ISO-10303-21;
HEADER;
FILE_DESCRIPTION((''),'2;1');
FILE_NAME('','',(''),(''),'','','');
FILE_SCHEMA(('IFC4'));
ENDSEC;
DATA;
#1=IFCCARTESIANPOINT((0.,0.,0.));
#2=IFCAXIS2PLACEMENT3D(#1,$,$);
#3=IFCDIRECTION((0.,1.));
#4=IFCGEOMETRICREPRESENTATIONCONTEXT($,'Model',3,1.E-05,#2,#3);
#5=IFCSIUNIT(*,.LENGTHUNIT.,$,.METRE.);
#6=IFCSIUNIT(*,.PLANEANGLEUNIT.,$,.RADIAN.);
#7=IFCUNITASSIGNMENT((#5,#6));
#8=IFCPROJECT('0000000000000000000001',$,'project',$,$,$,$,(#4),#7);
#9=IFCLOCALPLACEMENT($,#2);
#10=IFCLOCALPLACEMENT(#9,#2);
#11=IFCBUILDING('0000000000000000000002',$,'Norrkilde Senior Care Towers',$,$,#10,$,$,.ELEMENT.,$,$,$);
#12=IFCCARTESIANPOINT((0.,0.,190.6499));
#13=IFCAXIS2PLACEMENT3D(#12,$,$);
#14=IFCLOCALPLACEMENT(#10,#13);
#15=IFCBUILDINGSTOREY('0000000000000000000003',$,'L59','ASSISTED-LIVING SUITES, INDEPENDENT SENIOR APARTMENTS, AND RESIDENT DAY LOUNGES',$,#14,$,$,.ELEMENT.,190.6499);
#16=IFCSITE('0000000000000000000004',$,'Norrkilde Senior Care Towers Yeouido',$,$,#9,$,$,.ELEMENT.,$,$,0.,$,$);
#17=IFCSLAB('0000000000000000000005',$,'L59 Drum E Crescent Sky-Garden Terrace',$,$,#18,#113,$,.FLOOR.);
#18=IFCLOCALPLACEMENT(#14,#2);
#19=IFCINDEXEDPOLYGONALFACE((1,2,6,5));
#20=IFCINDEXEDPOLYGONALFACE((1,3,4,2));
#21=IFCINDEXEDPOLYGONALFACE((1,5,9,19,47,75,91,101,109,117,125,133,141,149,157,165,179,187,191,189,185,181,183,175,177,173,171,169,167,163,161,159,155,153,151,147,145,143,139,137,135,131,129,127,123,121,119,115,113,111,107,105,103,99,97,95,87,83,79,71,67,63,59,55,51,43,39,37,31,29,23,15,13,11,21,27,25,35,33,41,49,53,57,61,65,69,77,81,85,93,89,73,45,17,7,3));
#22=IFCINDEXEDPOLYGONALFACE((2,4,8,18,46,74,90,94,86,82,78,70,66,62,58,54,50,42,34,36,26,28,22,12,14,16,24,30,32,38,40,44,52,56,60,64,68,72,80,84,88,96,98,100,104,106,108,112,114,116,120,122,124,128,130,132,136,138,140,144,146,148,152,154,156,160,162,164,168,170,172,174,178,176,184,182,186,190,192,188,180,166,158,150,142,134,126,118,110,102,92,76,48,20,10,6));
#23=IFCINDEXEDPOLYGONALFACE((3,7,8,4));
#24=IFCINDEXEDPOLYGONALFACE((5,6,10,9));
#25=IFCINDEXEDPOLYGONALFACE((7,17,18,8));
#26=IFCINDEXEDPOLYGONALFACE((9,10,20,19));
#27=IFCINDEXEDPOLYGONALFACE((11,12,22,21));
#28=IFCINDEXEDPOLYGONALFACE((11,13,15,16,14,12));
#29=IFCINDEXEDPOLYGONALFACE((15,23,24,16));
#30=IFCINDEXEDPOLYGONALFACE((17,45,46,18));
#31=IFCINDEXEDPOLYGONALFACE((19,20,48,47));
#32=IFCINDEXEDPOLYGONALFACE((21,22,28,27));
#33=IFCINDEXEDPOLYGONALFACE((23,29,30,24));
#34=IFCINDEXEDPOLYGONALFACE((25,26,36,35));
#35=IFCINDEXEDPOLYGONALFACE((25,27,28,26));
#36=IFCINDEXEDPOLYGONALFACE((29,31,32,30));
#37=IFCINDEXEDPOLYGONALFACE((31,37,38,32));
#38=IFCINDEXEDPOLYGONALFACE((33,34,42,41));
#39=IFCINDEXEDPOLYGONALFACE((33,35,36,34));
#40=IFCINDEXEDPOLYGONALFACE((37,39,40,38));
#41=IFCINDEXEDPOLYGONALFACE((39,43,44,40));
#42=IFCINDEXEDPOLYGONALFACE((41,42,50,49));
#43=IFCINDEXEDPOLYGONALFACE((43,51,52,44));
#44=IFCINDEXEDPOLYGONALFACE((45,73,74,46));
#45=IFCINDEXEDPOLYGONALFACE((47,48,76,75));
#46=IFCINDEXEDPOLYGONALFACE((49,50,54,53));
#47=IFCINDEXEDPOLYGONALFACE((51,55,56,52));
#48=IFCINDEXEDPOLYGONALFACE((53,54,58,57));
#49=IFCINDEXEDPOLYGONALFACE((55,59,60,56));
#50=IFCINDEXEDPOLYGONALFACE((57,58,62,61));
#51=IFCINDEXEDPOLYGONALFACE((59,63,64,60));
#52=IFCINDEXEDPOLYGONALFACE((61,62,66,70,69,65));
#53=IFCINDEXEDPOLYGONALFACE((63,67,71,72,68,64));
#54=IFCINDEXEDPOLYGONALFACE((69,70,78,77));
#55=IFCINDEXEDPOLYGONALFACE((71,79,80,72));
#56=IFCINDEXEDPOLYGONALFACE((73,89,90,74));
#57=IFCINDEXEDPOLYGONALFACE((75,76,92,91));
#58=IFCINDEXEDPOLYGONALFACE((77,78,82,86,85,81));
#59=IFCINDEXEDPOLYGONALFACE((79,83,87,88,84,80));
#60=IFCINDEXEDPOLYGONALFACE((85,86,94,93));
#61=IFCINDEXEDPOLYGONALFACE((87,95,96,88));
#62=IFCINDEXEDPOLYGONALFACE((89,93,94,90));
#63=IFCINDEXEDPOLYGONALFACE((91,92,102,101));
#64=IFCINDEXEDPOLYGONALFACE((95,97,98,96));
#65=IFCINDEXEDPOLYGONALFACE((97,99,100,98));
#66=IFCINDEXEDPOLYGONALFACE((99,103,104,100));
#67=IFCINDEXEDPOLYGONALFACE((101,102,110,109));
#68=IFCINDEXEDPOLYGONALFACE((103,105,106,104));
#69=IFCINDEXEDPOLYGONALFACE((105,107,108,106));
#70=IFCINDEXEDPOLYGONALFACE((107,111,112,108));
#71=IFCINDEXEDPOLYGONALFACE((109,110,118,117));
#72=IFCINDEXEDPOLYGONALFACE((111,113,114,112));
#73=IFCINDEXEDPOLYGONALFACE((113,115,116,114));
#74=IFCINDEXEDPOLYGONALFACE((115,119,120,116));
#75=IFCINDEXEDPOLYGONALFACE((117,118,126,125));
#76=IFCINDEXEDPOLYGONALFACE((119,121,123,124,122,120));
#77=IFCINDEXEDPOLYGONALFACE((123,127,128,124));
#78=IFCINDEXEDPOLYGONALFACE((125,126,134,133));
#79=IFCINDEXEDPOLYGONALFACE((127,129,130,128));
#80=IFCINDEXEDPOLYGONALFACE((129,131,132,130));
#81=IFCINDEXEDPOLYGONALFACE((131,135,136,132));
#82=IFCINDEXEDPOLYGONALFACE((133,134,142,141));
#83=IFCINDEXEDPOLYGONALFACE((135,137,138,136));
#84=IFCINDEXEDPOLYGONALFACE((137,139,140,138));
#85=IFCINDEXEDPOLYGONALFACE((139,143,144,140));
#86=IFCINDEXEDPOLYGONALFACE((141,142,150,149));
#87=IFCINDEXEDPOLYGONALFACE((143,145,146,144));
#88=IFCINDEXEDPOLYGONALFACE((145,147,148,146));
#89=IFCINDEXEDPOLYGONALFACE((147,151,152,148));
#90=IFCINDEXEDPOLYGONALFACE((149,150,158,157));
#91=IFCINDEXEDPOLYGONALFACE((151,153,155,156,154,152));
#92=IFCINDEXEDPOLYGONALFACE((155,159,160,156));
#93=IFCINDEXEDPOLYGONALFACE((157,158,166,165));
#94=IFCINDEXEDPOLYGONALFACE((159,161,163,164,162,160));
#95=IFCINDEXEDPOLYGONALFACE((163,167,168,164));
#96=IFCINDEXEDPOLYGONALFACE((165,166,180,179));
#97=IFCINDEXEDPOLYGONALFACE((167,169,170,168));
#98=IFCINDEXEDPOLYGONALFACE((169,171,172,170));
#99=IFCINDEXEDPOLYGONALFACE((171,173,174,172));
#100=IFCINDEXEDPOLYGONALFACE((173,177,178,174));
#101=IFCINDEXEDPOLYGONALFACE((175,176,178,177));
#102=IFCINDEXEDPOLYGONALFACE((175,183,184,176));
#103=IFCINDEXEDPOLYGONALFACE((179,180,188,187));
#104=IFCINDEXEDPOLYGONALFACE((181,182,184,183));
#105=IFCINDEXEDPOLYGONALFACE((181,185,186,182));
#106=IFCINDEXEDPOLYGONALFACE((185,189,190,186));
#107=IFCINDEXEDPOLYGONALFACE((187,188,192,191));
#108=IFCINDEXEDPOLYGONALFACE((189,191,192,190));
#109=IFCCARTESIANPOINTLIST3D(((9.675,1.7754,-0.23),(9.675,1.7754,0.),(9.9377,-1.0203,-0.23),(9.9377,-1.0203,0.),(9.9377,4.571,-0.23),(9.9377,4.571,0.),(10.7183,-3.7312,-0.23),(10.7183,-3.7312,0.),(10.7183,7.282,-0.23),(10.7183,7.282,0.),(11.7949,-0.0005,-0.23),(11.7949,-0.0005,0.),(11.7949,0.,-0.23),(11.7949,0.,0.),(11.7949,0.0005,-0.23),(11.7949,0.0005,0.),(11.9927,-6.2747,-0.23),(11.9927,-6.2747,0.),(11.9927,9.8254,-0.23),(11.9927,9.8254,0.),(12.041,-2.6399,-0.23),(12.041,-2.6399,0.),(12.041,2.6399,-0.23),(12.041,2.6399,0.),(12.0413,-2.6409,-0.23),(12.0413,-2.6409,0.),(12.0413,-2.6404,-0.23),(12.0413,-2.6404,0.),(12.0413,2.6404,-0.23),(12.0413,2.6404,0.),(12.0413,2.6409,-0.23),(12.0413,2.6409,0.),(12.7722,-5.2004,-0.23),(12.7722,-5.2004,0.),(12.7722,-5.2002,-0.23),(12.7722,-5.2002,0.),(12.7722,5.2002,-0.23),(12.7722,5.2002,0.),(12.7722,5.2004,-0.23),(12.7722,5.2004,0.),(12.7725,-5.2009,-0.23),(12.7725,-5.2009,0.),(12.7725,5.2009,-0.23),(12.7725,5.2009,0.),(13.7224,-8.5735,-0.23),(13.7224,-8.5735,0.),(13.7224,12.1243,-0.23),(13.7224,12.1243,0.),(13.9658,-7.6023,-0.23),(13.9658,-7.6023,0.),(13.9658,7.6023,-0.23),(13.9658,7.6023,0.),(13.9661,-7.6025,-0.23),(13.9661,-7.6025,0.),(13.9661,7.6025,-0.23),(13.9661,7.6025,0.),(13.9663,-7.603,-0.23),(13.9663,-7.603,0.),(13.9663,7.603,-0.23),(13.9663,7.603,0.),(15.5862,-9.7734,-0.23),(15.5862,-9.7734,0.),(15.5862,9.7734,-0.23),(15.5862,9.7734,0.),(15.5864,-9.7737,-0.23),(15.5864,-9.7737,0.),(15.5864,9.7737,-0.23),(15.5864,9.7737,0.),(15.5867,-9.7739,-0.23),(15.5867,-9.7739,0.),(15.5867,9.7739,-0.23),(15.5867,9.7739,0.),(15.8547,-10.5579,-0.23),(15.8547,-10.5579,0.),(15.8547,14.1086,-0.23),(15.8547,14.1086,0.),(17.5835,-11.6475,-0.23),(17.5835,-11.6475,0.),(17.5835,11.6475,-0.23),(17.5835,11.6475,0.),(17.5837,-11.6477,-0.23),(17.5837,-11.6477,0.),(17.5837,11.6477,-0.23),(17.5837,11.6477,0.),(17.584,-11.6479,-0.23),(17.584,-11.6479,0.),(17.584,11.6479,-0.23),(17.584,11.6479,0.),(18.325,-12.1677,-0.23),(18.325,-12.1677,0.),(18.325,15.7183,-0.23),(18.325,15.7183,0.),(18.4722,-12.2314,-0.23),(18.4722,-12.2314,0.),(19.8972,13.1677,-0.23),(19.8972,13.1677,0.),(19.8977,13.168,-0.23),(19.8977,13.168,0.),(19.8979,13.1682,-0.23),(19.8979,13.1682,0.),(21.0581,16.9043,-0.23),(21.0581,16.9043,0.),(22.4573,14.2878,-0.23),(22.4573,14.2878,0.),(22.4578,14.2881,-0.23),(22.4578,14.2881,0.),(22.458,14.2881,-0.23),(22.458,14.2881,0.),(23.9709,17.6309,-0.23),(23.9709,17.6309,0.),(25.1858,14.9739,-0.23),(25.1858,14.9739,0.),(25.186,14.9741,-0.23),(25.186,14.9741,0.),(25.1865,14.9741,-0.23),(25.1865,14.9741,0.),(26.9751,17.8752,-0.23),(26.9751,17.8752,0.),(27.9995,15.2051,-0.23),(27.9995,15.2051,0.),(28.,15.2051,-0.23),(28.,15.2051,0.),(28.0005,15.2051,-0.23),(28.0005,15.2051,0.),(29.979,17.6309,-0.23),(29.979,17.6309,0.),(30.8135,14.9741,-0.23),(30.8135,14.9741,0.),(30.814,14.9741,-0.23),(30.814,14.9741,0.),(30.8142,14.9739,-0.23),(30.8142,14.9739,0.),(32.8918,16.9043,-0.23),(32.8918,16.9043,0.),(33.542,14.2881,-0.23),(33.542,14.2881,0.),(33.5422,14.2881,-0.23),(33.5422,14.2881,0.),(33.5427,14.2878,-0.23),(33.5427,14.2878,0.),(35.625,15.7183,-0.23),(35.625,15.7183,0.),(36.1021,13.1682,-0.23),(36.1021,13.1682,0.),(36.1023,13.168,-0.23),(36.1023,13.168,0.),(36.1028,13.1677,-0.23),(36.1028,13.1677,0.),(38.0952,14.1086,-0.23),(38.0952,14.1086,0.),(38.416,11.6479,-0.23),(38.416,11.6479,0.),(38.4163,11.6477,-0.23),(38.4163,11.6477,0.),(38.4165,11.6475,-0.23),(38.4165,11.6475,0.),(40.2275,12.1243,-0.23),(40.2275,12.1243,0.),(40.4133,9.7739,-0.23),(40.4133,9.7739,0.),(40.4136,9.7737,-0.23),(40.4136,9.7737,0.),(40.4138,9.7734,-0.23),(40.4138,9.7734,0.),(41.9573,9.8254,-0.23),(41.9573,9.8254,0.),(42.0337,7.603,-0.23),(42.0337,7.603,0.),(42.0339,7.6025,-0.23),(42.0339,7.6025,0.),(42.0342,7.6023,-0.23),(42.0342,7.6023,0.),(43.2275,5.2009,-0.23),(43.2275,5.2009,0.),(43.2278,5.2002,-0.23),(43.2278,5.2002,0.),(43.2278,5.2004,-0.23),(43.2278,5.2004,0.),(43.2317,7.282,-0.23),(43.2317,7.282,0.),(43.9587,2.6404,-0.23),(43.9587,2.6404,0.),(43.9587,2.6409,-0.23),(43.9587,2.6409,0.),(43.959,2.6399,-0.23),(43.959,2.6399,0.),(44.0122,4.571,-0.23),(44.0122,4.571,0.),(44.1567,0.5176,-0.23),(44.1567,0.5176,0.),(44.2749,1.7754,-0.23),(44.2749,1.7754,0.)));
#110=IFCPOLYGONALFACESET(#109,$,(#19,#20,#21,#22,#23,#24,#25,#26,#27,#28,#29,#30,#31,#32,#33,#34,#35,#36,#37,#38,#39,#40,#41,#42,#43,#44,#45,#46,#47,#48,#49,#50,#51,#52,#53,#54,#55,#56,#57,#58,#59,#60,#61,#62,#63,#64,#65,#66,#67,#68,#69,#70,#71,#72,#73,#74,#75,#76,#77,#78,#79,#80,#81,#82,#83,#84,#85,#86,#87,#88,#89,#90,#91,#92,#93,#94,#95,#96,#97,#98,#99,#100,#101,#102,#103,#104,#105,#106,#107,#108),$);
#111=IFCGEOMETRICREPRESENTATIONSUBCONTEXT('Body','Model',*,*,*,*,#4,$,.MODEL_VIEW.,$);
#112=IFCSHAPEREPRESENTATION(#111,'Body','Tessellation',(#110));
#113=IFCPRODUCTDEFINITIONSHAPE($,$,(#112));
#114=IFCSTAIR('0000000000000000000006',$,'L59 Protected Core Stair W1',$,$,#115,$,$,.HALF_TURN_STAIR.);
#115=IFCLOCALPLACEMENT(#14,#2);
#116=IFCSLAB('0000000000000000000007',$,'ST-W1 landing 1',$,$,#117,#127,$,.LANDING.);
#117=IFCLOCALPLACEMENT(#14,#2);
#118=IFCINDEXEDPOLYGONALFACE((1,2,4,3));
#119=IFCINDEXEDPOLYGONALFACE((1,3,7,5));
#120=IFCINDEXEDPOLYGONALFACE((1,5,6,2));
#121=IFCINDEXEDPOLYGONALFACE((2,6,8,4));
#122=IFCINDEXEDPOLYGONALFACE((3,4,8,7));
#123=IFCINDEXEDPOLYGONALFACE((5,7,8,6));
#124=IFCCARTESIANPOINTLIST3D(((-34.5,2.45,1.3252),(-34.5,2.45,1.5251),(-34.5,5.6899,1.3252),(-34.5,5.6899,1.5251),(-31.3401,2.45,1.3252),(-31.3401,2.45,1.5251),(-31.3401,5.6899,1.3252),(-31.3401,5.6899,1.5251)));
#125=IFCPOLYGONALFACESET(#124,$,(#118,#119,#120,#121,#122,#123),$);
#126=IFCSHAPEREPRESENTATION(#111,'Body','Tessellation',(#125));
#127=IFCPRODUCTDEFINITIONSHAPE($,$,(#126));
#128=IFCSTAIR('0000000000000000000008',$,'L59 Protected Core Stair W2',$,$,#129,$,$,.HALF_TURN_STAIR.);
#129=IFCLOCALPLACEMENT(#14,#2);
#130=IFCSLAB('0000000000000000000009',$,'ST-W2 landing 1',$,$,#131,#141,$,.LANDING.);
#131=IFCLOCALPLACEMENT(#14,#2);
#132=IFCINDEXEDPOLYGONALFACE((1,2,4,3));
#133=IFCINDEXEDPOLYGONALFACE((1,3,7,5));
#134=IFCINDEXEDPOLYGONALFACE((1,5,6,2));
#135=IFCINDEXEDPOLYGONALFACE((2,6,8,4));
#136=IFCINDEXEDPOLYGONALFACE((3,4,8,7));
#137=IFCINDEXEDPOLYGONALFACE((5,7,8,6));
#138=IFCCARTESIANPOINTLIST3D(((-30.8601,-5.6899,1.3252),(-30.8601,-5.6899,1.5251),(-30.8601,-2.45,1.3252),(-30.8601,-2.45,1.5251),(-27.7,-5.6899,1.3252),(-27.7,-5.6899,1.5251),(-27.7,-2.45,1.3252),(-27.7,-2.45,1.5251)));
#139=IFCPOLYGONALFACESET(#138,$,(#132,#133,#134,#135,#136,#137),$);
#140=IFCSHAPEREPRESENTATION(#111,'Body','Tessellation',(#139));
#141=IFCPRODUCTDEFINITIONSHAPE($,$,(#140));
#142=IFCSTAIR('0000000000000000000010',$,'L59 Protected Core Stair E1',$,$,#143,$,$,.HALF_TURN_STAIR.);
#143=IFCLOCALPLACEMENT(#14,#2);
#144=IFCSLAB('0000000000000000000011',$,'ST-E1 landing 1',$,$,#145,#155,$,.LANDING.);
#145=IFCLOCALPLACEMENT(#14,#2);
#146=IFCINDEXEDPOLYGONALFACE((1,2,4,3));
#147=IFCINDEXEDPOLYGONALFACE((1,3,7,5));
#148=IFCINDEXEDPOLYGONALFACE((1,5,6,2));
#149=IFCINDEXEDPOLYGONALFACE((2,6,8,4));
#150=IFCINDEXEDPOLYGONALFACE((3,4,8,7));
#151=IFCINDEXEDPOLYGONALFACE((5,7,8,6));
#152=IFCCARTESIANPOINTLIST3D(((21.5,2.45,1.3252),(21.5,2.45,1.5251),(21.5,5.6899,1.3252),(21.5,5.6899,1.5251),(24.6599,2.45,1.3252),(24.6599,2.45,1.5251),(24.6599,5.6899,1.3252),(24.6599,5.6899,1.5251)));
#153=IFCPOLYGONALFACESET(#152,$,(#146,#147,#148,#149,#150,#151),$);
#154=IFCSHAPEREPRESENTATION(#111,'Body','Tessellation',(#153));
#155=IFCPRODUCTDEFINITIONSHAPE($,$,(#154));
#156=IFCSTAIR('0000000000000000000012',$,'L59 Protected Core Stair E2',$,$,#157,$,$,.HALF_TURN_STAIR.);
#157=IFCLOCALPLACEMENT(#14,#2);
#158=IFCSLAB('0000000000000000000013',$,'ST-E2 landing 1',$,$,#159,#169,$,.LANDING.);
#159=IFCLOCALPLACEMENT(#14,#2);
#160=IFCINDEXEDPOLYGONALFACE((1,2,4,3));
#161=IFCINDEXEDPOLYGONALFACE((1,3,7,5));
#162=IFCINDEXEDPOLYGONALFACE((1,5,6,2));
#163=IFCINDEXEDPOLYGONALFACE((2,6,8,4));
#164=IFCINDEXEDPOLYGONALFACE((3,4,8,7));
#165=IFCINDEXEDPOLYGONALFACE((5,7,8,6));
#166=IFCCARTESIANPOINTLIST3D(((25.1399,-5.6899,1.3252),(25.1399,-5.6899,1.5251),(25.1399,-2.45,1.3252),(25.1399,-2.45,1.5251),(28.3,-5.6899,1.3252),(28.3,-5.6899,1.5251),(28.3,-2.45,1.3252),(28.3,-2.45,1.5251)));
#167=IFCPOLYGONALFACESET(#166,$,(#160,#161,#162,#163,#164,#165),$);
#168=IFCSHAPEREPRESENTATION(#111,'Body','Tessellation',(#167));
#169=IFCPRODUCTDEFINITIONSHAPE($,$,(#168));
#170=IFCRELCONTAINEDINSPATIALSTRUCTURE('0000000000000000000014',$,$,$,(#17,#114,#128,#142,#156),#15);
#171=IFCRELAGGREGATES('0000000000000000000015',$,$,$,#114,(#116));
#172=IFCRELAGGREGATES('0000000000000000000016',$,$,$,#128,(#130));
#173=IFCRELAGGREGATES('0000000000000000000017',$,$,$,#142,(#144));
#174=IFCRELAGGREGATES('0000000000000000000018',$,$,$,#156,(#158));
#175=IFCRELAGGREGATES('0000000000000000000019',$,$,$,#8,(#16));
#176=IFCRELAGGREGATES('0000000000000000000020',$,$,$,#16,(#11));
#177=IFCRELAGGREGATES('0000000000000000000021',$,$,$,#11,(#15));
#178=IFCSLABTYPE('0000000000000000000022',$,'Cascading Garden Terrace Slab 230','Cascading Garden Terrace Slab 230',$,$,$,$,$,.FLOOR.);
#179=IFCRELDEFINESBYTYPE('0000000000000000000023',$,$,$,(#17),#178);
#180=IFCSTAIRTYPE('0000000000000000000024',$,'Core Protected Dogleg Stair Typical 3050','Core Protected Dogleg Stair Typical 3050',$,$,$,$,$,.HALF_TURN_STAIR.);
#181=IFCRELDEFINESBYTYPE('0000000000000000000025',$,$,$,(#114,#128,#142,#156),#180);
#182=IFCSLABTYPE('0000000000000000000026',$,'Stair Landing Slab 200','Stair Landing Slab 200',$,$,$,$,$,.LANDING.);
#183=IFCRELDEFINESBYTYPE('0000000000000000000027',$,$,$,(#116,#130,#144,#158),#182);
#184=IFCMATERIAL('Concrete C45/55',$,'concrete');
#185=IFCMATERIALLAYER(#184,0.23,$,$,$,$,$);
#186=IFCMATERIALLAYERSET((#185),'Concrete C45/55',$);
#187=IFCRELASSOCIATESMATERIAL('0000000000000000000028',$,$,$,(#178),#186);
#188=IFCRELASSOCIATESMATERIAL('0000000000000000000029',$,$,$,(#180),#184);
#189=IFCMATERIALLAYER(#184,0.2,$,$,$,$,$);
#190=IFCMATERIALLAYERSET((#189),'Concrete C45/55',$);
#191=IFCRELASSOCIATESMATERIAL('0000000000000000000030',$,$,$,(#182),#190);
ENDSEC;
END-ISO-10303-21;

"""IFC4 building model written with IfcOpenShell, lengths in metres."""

from ifc_helpers import new_model, si_unit, direction, frame, origin, place, context, subcontext, project, spatial, polyline, outline, extrude, material, layer, layer_set, type_object, element, aggregate, save


model = new_model("IFC4")

# Units and contexts
model_context = context("Model", 3, precision=1e-05, world=origin(), true_north=direction((0.0, 1.0)))
body_context = subcontext(model_context, "Body", "Model", "MODEL_VIEW")
ifc_project = project(units=[si_unit("LENGTHUNIT", "METRE"), si_unit("PLANEANGLEUNIT", "RADIAN")], contexts=[model_context])

# Site, building, storey
site_placement = place(None, origin())
site = spatial("IfcSite", under=ifc_project, at=site_placement, Name="Norrkilde Senior Care Towers Yeouido", CompositionType="ELEMENT", RefElevation=0.0)
building_placement = place(site_placement, origin())
building = spatial("IfcBuilding", under=site, at=building_placement, Name="Norrkilde Senior Care Towers", CompositionType="ELEMENT")
storey_placement = place(building_placement, frame((0.0, 0.0, 190.6499)))
storey = spatial("IfcBuildingStorey", under=building, at=storey_placement, Name="L59", Description="ASSISTED-LIVING SUITES, INDEPENDENT SENIOR APARTMENTS, AND RESIDENT DAY LOUNGES", CompositionType="ELEMENT", Elevation=190.6499)

# Slab
ifc_material_1 = material(Name="Concrete C45/55", Category="concrete")
ifc_layer_1 = layer(ifc_material_1, 0.23)
ifc_layer_set_1 = layer_set([ifc_layer_1], Name="Concrete C45/55")
slab_type_1 = type_object("IfcSlabType", Name="Cascading Garden Terrace Slab 230", Description="Cascading Garden Terrace Slab 230", PredefinedType="FLOOR", material=ifc_layer_set_1)
slab_1_placement = place(storey_placement, frame((0.0, 0.0, -0.23)))
element("IfcSlab", 1, at=slab_1_placement, inside=storey, type_object=slab_type_1, Name="L59 Drum E Crescent Sky-Garden Terrace", PredefinedType="FLOOR", context=body_context, shape_type="SweptSolid", body=[
    extrude(outline(polyline([(18.325, -12.1677), (15.8547, -10.5579), (13.7224, -8.5735), (11.9927, -6.2747), (10.7183, -3.7312), (9.9377, -1.0203), (9.675, 1.7754), (9.9377, 4.571), (10.7183, 7.282), (11.9927, 9.8254), (13.7224, 12.1243), (15.8547, 14.1086), (18.325, 15.7183), (21.0581, 16.9043), (23.9709, 17.6309), (26.9751, 17.8752), (29.979, 17.6309), (32.8918, 16.9043), (35.625, 15.7183), (38.0952, 14.1086), (40.2275, 12.1243), (41.9573, 9.8254), (43.2317, 7.282), (44.0122, 4.571), (44.2749, 1.7754), (44.1567, 0.5176), (43.959, 2.6399), (43.9587, 2.6404), (43.9587, 2.6409), (43.2278, 5.2002), (43.2278, 5.2004), (43.2275, 5.2009), (42.0342, 7.6023), (42.0339, 7.6025), (42.0337, 7.603), (40.4138, 9.7734), (40.4136, 9.7737), (40.4133, 9.7739), (38.4165, 11.6475), (38.4163, 11.6477), (38.416, 11.6479), (36.1028, 13.1677), (36.1023, 13.168), (36.1021, 13.1682), (33.5427, 14.2878), (33.5422, 14.2881), (33.542, 14.2881), (30.8142, 14.9739), (30.814, 14.9741), (30.8135, 14.9741), (28.0005, 15.2051), (28.0, 15.2051), (27.9995, 15.2051), (25.1865, 14.9741), (25.186, 14.9741), (25.1858, 14.9739), (22.458, 14.2881), (22.4578, 14.2881), (22.4573, 14.2878), (19.8979, 13.1682), (19.8977, 13.168), (19.8972, 13.1677), (17.584, 11.6479), (17.5837, 11.6477), (17.5835, 11.6475), (15.5867, 9.7739), (15.5864, 9.7737), (15.5862, 9.7734), (13.9663, 7.603), (13.9661, 7.6025), (13.9658, 7.6023), (12.7725, 5.2009), (12.7722, 5.2004), (12.7722, 5.2002), (12.0413, 2.6409), (12.0413, 2.6404), (12.041, 2.6399), (11.7949, 0.0005), (11.7949, 0.0), (11.7949, -0.0005), (12.041, -2.6399), (12.0413, -2.6404), (12.0413, -2.6409), (12.7722, -5.2002), (12.7722, -5.2004), (12.7725, -5.2009), (13.9658, -7.6023), (13.9661, -7.6025), (13.9663, -7.603), (15.5862, -9.7734), (15.5864, -9.7737), (15.5867, -9.7739), (17.5835, -11.6475), (17.5837, -11.6477), (17.584, -11.6479), (18.4722, -12.2314), (18.325, -12.1677)])), origin(), (0.0, 0.0, 1.0), 0.23),
])

# Stairs, slabs
stair_type = type_object("IfcStairType", Name="Core Protected Dogleg Stair Typical 3050", Description="Core Protected Dogleg Stair Typical 3050", PredefinedType="HALF_TURN_STAIR", material=ifc_material_1)
stair_1_placement = place(storey_placement, origin())
stair_1 = element("IfcStair", 2, at=stair_1_placement, inside=storey, type_object=stair_type, Name="L59 Protected Core Stair W1", PredefinedType="HALF_TURN_STAIR")
ifc_layer_2 = layer(ifc_material_1, 0.2)
ifc_layer_set_2 = layer_set([ifc_layer_2], Name="Concrete C45/55")
slab_type_2 = type_object("IfcSlabType", Name="Stair Landing Slab 200", Description="Stair Landing Slab 200", PredefinedType="LANDING", material=ifc_layer_set_2)
slab_2_placement = place(storey_placement, frame((0.0, 0.0, 1.3252)))
slab_2 = element("IfcSlab", 3, at=slab_2_placement, type_object=slab_type_2, Name="ST-W1 landing 1", PredefinedType="LANDING", context=body_context, shape_type="SweptSolid", body=[
    extrude(outline(polyline([(-31.3401, 5.6899), (-34.5, 5.6899), (-34.5, 2.45), (-31.3401, 2.45), (-31.3401, 5.6899)])), origin(), (0.0, 0.0, 1.0), 0.2),
])
aggregate(stair_1, [slab_2])
stair_2_placement = place(storey_placement, origin())
stair_2 = element("IfcStair", 4, at=stair_2_placement, inside=storey, type_object=stair_type, Name="L59 Protected Core Stair W2", PredefinedType="HALF_TURN_STAIR")
slab_3_placement = place(storey_placement, frame((0.0, 0.0, 1.3252)))
slab_3 = element("IfcSlab", 5, at=slab_3_placement, type_object=slab_type_2, Name="ST-W2 landing 1", PredefinedType="LANDING", context=body_context, shape_type="SweptSolid", body=[
    extrude(outline(polyline([(-30.8601, -5.6899), (-27.7, -5.6899), (-27.7, -2.45), (-30.8601, -2.45), (-30.8601, -5.6899)])), origin(), (0.0, 0.0, 1.0), 0.2),
])
aggregate(stair_2, [slab_3])
stair_3_placement = place(storey_placement, origin())
stair_3 = element("IfcStair", 6, at=stair_3_placement, inside=storey, type_object=stair_type, Name="L59 Protected Core Stair E1", PredefinedType="HALF_TURN_STAIR")
slab_4_placement = place(storey_placement, frame((0.0, 0.0, 1.3252)))
slab_4 = element("IfcSlab", 7, at=slab_4_placement, type_object=slab_type_2, Name="ST-E1 landing 1", PredefinedType="LANDING", context=body_context, shape_type="SweptSolid", body=[
    extrude(outline(polyline([(24.6599, 5.6899), (21.5, 5.6899), (21.5, 2.45), (24.6599, 2.45), (24.6599, 5.6899)])), origin(), (0.0, 0.0, 1.0), 0.2),
])
aggregate(stair_3, [slab_4])
stair_4_placement = place(storey_placement, origin())
stair_4 = element("IfcStair", 8, at=stair_4_placement, inside=storey, type_object=stair_type, Name="L59 Protected Core Stair E2", PredefinedType="HALF_TURN_STAIR")
slab_5_placement = place(storey_placement, frame((0.0, 0.0, 1.3252)))
slab_5 = element("IfcSlab", 9, at=slab_5_placement, type_object=slab_type_2, Name="ST-E2 landing 1", PredefinedType="LANDING", context=body_context, shape_type="SweptSolid", body=[
    extrude(outline(polyline([(25.1399, -5.6899), (28.3, -5.6899), (28.3, -2.45), (25.1399, -2.45), (25.1399, -5.6899)])), origin(), (0.0, 0.0, 1.0), 0.2),
])
aggregate(stair_4, [slab_5])

save(model, "model.ifc")
